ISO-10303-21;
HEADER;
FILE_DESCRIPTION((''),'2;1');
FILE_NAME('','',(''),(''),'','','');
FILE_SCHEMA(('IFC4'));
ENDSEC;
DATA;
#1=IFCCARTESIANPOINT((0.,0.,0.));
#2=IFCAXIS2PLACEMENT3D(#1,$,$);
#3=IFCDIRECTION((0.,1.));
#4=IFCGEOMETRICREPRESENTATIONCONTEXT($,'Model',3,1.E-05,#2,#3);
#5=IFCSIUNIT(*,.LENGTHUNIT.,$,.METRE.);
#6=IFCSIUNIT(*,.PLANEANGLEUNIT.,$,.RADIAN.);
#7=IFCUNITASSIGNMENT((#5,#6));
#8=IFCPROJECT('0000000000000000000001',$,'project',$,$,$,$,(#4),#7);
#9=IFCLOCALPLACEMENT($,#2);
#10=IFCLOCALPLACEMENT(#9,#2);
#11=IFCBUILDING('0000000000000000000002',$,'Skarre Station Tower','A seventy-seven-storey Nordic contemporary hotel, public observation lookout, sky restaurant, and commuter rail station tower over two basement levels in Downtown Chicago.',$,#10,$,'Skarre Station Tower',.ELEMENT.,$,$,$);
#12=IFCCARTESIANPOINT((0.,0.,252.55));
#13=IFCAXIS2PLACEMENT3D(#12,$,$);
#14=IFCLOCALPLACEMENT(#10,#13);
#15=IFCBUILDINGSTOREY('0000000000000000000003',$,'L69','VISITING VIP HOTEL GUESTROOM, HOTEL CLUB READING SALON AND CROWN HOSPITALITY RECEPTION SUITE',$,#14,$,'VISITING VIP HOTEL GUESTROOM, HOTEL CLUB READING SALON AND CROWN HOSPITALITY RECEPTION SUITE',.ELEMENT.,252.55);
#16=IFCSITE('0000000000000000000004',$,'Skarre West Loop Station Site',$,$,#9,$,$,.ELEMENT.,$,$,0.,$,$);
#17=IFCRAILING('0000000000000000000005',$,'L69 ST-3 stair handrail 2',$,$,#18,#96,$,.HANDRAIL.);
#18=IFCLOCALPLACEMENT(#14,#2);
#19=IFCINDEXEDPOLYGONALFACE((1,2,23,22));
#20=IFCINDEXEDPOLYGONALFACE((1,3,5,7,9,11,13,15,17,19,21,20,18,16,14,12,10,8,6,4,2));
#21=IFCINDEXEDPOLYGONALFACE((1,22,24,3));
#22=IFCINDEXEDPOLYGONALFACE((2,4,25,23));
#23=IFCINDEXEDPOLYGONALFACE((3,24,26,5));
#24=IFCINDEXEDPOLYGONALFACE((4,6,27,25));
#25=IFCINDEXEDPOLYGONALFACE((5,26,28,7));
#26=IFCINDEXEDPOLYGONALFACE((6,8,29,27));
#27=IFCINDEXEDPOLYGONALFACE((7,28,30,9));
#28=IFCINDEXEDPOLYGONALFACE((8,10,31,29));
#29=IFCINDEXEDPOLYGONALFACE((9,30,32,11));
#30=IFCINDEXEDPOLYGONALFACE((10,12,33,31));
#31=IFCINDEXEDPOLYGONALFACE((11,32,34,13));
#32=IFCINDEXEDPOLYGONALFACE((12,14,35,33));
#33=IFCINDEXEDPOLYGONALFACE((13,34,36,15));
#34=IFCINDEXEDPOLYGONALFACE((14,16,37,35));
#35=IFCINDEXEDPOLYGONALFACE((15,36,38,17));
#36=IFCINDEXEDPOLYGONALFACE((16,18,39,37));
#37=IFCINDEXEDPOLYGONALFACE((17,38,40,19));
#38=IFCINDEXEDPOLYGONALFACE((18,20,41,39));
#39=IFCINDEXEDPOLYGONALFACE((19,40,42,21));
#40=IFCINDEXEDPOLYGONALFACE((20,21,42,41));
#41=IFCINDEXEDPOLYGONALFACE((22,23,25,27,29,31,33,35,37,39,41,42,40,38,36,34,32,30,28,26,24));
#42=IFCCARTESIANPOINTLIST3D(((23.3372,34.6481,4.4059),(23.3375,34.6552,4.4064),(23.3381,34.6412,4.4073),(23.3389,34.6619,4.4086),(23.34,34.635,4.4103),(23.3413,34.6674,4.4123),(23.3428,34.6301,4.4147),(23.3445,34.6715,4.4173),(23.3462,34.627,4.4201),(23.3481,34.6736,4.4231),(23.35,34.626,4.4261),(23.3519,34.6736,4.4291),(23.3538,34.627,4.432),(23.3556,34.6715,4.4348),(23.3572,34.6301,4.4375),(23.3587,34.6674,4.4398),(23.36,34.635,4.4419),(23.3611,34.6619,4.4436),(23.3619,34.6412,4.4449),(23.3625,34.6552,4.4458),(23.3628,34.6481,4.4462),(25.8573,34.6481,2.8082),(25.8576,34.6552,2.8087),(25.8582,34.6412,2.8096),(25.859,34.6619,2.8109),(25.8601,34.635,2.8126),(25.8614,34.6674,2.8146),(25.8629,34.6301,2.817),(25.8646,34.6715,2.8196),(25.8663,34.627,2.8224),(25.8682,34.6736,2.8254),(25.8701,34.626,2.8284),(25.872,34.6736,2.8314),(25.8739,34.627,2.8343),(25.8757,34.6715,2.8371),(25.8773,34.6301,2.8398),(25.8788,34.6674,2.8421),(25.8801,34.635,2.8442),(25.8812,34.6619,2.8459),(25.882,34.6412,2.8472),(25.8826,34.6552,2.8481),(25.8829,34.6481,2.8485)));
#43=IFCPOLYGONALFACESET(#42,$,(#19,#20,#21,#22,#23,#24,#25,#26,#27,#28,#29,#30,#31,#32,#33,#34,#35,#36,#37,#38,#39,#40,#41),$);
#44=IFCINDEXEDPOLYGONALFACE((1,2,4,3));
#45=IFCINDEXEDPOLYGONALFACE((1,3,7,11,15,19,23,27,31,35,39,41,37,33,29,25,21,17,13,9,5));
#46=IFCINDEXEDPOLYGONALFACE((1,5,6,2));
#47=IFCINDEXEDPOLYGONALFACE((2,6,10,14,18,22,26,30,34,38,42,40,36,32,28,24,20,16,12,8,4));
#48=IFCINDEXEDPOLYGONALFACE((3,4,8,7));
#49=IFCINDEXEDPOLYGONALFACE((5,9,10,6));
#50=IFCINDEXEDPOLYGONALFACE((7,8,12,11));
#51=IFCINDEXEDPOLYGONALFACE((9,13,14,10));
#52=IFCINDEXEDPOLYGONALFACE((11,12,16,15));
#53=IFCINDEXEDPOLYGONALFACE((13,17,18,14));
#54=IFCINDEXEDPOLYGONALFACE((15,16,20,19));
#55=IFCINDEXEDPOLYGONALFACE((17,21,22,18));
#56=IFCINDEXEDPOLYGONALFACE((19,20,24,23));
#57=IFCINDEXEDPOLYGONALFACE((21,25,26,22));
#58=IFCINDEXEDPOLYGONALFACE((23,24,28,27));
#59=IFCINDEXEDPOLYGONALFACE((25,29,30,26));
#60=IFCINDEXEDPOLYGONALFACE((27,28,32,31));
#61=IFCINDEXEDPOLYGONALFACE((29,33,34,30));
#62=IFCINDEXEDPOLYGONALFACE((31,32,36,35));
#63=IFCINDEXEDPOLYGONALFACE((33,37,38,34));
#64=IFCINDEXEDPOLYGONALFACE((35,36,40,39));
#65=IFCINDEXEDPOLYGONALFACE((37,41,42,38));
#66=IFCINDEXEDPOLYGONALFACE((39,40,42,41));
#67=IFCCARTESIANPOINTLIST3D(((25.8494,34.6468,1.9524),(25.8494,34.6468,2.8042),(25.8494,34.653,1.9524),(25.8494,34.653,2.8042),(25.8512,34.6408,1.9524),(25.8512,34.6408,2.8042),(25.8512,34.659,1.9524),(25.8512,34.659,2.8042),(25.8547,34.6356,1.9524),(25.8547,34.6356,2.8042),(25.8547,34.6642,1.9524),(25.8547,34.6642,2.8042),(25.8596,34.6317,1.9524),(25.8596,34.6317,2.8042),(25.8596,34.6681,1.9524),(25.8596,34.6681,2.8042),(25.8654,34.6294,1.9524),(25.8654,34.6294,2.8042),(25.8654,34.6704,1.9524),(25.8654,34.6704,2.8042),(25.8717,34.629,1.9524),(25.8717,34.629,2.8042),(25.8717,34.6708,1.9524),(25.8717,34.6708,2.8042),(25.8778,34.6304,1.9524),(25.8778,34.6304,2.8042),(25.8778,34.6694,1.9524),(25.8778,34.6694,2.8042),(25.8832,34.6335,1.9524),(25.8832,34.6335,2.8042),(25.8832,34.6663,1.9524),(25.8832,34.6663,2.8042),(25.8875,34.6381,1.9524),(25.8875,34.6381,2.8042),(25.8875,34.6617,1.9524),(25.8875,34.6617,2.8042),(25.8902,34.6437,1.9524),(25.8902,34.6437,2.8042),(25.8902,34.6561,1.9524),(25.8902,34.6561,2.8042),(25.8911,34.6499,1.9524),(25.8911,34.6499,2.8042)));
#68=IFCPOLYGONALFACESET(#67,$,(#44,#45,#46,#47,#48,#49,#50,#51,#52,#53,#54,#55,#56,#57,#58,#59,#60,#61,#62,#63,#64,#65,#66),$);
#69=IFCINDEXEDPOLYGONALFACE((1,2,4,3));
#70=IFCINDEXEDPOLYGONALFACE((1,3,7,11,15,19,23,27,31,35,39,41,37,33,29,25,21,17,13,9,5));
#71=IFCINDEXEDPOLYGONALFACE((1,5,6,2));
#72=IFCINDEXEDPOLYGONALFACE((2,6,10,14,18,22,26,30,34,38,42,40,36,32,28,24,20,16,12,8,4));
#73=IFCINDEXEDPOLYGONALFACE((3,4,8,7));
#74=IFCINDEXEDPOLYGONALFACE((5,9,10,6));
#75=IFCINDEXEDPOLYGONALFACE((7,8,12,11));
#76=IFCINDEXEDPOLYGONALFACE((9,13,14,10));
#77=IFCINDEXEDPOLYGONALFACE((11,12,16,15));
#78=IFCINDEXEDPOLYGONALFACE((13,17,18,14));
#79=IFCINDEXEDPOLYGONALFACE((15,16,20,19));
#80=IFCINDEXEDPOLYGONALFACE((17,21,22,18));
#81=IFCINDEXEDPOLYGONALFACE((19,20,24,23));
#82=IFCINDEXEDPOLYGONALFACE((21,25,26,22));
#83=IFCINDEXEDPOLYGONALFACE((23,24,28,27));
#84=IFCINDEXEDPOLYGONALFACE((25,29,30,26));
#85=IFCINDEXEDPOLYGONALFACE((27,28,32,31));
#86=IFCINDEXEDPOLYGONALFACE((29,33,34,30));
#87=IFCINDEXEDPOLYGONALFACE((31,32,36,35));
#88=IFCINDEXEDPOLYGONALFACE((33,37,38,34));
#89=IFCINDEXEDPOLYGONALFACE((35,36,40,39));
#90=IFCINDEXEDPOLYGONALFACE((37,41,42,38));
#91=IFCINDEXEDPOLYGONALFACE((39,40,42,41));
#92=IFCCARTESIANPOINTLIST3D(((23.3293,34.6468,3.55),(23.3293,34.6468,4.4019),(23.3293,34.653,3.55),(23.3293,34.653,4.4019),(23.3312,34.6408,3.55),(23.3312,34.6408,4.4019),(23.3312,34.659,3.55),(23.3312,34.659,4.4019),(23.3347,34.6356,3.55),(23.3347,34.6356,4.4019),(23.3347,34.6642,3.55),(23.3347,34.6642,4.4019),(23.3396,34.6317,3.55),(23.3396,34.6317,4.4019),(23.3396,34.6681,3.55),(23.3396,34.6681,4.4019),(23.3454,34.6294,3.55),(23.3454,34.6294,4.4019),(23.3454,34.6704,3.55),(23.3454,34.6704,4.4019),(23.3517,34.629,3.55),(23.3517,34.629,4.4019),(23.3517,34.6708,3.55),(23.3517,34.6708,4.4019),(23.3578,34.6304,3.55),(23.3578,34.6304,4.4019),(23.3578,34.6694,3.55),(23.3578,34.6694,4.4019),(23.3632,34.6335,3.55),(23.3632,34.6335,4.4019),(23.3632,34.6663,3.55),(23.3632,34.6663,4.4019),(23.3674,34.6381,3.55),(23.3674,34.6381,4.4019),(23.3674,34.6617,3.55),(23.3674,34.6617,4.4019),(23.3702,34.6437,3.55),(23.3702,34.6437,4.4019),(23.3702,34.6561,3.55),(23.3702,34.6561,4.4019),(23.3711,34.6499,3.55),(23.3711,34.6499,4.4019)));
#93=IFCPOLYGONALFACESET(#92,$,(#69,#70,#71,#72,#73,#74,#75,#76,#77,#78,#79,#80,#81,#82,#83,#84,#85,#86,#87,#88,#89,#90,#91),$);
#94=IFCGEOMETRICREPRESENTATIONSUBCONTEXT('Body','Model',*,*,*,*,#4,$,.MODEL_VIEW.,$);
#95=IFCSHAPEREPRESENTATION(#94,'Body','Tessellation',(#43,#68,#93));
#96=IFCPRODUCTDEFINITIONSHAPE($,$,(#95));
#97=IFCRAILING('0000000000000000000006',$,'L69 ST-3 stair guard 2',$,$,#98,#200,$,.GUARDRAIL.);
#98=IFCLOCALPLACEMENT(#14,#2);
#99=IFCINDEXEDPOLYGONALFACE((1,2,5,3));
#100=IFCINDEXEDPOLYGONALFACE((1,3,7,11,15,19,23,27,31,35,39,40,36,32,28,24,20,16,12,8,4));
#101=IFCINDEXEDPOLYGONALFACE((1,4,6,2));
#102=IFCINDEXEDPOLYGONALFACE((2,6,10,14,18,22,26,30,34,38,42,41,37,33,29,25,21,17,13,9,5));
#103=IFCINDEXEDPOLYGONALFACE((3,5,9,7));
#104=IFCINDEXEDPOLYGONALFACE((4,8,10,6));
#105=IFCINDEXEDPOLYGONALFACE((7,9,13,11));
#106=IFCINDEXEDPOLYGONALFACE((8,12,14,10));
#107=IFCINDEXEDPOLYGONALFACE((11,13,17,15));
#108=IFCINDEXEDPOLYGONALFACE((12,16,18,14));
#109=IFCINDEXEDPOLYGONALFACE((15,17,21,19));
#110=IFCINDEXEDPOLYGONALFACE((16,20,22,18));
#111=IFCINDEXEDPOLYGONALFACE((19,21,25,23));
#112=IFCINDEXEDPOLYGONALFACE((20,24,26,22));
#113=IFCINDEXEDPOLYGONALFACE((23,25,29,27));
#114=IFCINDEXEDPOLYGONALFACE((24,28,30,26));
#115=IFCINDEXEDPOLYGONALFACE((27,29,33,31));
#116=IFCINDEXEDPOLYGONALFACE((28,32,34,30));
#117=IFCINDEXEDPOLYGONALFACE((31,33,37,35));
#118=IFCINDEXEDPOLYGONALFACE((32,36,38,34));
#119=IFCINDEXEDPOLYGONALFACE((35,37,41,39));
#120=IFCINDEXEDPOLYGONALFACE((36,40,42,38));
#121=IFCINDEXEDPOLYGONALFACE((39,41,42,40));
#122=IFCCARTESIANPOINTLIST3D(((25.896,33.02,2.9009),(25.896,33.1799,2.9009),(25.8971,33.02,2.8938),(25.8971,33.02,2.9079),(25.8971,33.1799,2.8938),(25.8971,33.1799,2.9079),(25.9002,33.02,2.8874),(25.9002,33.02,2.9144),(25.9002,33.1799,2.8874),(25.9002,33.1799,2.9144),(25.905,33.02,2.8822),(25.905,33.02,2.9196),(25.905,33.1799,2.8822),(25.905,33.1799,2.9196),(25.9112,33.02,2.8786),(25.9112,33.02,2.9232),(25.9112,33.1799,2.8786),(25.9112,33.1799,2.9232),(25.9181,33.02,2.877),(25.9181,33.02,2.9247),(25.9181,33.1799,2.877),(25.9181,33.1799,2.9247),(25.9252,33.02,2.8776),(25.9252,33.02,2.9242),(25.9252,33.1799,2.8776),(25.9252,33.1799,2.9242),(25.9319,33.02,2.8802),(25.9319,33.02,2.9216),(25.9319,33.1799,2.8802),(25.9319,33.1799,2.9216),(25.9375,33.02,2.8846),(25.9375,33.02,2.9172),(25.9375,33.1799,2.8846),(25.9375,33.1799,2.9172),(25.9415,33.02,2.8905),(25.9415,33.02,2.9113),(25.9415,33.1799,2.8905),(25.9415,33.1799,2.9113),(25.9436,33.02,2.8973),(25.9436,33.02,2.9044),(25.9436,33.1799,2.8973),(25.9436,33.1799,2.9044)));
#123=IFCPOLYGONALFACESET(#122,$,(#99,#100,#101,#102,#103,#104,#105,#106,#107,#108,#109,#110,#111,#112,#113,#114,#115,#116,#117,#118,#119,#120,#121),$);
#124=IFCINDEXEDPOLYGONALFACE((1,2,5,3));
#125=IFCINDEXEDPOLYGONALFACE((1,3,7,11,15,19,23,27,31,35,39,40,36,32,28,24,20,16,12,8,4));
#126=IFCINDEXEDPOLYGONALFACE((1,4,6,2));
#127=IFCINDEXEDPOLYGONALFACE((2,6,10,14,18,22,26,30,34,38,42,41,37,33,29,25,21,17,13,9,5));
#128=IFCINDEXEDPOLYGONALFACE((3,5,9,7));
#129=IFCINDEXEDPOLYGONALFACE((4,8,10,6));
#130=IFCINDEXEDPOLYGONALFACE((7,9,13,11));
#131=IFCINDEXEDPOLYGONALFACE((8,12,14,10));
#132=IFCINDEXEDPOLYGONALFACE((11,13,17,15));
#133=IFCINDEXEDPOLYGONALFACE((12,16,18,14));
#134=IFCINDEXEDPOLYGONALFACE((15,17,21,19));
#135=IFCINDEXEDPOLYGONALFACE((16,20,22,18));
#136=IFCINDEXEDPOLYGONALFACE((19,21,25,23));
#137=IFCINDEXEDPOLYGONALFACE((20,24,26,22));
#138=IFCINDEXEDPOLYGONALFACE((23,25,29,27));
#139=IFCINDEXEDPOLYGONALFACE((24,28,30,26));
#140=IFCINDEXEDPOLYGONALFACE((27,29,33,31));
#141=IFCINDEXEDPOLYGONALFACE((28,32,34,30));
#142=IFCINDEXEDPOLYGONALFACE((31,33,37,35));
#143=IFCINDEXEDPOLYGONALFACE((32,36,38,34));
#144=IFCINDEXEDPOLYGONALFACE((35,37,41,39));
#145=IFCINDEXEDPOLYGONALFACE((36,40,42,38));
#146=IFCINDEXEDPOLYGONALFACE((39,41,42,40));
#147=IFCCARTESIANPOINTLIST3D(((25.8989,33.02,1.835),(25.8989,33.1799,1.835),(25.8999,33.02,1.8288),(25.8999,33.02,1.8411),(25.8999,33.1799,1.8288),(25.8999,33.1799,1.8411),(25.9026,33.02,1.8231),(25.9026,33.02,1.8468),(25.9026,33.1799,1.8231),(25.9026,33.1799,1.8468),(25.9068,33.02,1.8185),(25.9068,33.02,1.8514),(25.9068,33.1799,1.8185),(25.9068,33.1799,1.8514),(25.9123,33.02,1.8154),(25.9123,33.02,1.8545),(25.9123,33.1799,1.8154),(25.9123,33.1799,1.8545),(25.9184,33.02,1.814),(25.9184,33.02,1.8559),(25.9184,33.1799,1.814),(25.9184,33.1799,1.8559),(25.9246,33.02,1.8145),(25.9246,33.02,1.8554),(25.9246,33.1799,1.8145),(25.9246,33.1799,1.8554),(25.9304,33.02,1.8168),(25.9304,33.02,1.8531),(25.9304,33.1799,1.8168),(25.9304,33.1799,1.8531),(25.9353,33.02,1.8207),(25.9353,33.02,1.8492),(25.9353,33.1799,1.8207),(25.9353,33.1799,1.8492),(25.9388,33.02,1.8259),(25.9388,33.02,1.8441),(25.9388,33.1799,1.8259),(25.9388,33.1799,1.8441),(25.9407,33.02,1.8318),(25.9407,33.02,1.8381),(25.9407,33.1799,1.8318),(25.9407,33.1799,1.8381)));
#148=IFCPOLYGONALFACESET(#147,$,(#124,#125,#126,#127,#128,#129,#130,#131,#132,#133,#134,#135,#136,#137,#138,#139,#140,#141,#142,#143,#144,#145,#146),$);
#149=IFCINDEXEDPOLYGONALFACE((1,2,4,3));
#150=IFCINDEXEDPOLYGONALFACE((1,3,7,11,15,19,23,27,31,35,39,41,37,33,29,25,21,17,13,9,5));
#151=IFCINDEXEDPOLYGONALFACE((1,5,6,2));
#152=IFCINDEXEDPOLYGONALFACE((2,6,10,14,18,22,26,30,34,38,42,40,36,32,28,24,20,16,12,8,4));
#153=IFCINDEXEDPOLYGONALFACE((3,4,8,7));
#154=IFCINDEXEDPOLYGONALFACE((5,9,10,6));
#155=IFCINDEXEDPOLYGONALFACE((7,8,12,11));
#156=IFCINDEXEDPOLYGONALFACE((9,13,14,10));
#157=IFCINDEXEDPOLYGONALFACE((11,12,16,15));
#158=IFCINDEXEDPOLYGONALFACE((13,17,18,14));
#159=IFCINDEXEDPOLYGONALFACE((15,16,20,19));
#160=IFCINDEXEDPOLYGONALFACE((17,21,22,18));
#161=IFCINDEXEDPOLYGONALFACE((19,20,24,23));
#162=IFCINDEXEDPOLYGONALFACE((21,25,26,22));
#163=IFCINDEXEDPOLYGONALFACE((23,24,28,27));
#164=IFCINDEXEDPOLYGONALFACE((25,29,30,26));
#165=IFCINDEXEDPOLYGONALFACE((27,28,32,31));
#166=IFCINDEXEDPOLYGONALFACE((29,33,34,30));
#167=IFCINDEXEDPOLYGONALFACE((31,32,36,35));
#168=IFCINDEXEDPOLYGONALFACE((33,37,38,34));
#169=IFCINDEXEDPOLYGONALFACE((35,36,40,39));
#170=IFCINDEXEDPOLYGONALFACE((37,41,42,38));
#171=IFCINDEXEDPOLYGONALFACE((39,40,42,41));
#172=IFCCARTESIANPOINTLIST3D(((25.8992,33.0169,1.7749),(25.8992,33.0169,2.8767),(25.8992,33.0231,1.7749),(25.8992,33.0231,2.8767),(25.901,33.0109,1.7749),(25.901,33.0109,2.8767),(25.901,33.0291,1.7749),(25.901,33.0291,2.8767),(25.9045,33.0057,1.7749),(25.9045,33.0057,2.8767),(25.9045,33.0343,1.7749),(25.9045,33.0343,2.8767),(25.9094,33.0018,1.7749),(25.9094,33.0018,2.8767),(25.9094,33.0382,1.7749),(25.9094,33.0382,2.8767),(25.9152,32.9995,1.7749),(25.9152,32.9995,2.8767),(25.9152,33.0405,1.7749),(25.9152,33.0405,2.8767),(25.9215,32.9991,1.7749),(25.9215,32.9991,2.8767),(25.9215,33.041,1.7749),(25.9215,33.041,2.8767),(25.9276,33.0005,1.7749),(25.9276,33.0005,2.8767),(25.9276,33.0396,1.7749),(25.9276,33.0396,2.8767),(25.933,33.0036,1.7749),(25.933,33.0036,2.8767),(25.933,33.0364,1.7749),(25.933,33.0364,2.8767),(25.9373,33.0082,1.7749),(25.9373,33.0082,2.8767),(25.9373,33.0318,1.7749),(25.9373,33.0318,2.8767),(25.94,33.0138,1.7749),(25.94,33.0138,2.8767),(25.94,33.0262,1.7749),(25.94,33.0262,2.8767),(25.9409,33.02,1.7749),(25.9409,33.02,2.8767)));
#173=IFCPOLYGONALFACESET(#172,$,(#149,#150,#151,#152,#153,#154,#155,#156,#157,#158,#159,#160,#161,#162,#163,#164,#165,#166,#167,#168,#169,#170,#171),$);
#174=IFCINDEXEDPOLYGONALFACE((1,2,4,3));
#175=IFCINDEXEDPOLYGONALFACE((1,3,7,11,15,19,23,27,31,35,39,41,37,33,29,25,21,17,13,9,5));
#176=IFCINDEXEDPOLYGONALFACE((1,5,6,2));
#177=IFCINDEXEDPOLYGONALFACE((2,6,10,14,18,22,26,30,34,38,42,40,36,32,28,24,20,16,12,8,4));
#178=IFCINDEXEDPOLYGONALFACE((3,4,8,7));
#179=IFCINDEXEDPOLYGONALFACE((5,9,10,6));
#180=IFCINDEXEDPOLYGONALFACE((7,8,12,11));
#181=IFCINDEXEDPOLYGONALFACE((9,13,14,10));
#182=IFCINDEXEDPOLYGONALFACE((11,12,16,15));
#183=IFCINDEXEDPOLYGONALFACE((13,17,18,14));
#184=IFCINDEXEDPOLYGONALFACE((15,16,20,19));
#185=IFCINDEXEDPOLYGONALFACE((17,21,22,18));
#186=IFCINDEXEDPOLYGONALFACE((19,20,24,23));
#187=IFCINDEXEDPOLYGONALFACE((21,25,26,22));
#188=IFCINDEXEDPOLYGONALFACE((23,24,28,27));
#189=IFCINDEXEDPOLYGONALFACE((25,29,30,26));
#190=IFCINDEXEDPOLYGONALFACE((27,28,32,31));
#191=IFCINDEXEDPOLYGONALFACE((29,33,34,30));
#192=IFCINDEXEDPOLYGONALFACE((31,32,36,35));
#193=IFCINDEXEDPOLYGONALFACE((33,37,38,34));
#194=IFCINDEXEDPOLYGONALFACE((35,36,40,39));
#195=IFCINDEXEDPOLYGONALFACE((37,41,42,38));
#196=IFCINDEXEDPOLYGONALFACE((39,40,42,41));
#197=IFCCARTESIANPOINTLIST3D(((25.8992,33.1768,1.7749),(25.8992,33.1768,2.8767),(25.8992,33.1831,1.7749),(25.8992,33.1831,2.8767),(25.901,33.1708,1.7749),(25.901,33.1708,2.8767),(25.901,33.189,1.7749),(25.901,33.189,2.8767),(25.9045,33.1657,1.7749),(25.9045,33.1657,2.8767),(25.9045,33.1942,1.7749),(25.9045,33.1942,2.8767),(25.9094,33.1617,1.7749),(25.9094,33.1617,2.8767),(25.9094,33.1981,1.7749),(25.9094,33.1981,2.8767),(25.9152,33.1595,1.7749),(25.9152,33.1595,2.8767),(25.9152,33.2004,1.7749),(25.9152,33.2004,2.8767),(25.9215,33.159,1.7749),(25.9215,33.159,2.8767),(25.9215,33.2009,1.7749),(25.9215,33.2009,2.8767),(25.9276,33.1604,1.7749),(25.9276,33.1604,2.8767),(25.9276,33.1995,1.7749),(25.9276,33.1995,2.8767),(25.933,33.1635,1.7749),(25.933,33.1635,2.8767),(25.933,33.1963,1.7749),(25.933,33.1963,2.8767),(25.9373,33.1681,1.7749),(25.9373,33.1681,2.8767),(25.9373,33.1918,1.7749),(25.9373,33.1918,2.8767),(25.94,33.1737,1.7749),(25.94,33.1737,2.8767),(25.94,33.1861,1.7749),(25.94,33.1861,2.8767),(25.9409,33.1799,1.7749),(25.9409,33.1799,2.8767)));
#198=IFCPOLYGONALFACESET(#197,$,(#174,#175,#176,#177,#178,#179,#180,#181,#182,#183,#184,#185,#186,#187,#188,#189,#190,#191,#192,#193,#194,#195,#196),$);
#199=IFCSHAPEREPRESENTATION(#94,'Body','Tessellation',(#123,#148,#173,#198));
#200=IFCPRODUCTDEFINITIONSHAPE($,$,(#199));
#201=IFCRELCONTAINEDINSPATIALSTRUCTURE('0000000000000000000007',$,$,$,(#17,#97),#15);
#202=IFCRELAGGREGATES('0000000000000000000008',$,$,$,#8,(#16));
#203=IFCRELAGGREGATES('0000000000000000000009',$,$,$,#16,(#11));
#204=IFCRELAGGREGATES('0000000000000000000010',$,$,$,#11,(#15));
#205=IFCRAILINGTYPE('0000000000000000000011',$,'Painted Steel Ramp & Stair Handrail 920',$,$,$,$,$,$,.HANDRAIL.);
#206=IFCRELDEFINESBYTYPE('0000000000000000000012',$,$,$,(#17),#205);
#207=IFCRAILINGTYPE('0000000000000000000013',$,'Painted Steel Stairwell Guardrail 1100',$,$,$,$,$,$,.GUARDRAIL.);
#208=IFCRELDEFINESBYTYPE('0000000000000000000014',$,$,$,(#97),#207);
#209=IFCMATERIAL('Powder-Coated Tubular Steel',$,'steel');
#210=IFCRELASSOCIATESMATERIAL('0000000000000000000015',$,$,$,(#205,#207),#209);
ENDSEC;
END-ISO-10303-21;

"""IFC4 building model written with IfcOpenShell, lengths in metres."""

from ifc_helpers import new_model, si_unit, direction, frame, origin, origin_2d, place, context, subcontext, project, spatial, circle, extrude, material, type_object, element, save


model = new_model("IFC4")

# Units and contexts
model_context = context("Model", 3, precision=1e-05, world=origin(), true_north=direction((0.0, 1.0)))
body_context = subcontext(model_context, "Body", "Model", "MODEL_VIEW")
ifc_project = project(units=[si_unit("LENGTHUNIT", "METRE"), si_unit("PLANEANGLEUNIT", "RADIAN")], contexts=[model_context])

# Site, building, storey
site_placement = place(None, origin())
site = spatial("IfcSite", under=ifc_project, at=site_placement, Name="Skarre West Loop Station Site", CompositionType="ELEMENT", RefElevation=0.0)
building_placement = place(site_placement, origin())
building = spatial("IfcBuilding", under=site, at=building_placement, Name="Skarre Station Tower", Description="A seventy-seven-storey Nordic contemporary hotel, public observation lookout, sky restaurant, and commuter rail station tower over two basement levels in Downtown Chicago.", LongName="Skarre Station Tower", CompositionType="ELEMENT")
storey_placement = place(building_placement, frame((0.0, 0.0, 252.55)))
storey = spatial("IfcBuildingStorey", under=building, at=storey_placement, Name="L69", Description="VISITING VIP HOTEL GUESTROOM, HOTEL CLUB READING SALON AND CROWN HOSPITALITY RECEPTION SUITE", LongName="VISITING VIP HOTEL GUESTROOM, HOTEL CLUB READING SALON AND CROWN HOSPITALITY RECEPTION SUITE", CompositionType="ELEMENT", Elevation=252.55)

# Railings
ifc_material_1 = material(Name="Powder-Coated Tubular Steel", Category="steel")
railing_type_1 = type_object("IfcRailingType", Name="Painted Steel Ramp & Stair Handrail 920", PredefinedType="HANDRAIL", material=ifc_material_1)
railing_1_placement = place(storey_placement, frame((25.8701, 34.6499, 1.9524)))
element("IfcRailing", 1, at=railing_1_placement, inside=storey, type_object=railing_type_1, Name="L69 ST-3 stair handrail 2", PredefinedType="HANDRAIL", context=body_context, shape_type="SweptSolid", body=[
    extrude(circle(Radius=0.0239, at=origin_2d()), frame((0.0, 0.0, 0.876), z_axis=(-0.84457, 0.0, 0.535445), x_axis=(0.0, -1.0, 0.0)), (0.0, 0.0, 1.0), 2.9839),
    extrude(circle(Radius=0.021, at=origin_2d()), origin(), (0.0, 0.0, 1.0), 0.8518),
    extrude(circle(Radius=0.021, at=origin_2d()), frame((-2.52, 0.0, 1.5977)), (0.0, 0.0, 1.0), 0.8518),
])
railing_type_2 = type_object("IfcRailingType", Name="Painted Steel Stairwell Guardrail 1100", PredefinedType="GUARDRAIL", material=ifc_material_1)
railing_2_placement = place(storey_placement, frame((25.9199, 33.02, 1.7749)))
element("IfcRailing", 2, at=railing_2_placement, inside=storey, type_object=railing_type_2, Name="L69 ST-3 stair guard 2", PredefinedType="GUARDRAIL", context=body_context, shape_type="SweptSolid", body=[
    extrude(circle(Radius=0.0239, at=origin_2d()), frame((0.0, 0.0, 1.126), z_axis=(0.0, 1.0, 0.0), x_axis=(-1.0, 0.0, 0.0)), (0.0, 0.0, 1.0), 0.1599),
    extrude(circle(Radius=0.021, at=origin_2d()), frame((0.0, 0.0, 0.0601), z_axis=(0.0, 1.0, 0.0), x_axis=(-1.0, 0.0, 0.0)), (0.0, 0.0, 1.0), 0.1599),
    extrude(circle(Radius=0.021, at=origin_2d()), origin(), (0.0, 0.0, 1.0), 1.1018),
    extrude(circle(Radius=0.021, at=origin_2d()), frame((0.0, 0.1599, 0.0)), (0.0, 0.0, 1.0), 1.1018),
])

save(model, "model.ifc")
